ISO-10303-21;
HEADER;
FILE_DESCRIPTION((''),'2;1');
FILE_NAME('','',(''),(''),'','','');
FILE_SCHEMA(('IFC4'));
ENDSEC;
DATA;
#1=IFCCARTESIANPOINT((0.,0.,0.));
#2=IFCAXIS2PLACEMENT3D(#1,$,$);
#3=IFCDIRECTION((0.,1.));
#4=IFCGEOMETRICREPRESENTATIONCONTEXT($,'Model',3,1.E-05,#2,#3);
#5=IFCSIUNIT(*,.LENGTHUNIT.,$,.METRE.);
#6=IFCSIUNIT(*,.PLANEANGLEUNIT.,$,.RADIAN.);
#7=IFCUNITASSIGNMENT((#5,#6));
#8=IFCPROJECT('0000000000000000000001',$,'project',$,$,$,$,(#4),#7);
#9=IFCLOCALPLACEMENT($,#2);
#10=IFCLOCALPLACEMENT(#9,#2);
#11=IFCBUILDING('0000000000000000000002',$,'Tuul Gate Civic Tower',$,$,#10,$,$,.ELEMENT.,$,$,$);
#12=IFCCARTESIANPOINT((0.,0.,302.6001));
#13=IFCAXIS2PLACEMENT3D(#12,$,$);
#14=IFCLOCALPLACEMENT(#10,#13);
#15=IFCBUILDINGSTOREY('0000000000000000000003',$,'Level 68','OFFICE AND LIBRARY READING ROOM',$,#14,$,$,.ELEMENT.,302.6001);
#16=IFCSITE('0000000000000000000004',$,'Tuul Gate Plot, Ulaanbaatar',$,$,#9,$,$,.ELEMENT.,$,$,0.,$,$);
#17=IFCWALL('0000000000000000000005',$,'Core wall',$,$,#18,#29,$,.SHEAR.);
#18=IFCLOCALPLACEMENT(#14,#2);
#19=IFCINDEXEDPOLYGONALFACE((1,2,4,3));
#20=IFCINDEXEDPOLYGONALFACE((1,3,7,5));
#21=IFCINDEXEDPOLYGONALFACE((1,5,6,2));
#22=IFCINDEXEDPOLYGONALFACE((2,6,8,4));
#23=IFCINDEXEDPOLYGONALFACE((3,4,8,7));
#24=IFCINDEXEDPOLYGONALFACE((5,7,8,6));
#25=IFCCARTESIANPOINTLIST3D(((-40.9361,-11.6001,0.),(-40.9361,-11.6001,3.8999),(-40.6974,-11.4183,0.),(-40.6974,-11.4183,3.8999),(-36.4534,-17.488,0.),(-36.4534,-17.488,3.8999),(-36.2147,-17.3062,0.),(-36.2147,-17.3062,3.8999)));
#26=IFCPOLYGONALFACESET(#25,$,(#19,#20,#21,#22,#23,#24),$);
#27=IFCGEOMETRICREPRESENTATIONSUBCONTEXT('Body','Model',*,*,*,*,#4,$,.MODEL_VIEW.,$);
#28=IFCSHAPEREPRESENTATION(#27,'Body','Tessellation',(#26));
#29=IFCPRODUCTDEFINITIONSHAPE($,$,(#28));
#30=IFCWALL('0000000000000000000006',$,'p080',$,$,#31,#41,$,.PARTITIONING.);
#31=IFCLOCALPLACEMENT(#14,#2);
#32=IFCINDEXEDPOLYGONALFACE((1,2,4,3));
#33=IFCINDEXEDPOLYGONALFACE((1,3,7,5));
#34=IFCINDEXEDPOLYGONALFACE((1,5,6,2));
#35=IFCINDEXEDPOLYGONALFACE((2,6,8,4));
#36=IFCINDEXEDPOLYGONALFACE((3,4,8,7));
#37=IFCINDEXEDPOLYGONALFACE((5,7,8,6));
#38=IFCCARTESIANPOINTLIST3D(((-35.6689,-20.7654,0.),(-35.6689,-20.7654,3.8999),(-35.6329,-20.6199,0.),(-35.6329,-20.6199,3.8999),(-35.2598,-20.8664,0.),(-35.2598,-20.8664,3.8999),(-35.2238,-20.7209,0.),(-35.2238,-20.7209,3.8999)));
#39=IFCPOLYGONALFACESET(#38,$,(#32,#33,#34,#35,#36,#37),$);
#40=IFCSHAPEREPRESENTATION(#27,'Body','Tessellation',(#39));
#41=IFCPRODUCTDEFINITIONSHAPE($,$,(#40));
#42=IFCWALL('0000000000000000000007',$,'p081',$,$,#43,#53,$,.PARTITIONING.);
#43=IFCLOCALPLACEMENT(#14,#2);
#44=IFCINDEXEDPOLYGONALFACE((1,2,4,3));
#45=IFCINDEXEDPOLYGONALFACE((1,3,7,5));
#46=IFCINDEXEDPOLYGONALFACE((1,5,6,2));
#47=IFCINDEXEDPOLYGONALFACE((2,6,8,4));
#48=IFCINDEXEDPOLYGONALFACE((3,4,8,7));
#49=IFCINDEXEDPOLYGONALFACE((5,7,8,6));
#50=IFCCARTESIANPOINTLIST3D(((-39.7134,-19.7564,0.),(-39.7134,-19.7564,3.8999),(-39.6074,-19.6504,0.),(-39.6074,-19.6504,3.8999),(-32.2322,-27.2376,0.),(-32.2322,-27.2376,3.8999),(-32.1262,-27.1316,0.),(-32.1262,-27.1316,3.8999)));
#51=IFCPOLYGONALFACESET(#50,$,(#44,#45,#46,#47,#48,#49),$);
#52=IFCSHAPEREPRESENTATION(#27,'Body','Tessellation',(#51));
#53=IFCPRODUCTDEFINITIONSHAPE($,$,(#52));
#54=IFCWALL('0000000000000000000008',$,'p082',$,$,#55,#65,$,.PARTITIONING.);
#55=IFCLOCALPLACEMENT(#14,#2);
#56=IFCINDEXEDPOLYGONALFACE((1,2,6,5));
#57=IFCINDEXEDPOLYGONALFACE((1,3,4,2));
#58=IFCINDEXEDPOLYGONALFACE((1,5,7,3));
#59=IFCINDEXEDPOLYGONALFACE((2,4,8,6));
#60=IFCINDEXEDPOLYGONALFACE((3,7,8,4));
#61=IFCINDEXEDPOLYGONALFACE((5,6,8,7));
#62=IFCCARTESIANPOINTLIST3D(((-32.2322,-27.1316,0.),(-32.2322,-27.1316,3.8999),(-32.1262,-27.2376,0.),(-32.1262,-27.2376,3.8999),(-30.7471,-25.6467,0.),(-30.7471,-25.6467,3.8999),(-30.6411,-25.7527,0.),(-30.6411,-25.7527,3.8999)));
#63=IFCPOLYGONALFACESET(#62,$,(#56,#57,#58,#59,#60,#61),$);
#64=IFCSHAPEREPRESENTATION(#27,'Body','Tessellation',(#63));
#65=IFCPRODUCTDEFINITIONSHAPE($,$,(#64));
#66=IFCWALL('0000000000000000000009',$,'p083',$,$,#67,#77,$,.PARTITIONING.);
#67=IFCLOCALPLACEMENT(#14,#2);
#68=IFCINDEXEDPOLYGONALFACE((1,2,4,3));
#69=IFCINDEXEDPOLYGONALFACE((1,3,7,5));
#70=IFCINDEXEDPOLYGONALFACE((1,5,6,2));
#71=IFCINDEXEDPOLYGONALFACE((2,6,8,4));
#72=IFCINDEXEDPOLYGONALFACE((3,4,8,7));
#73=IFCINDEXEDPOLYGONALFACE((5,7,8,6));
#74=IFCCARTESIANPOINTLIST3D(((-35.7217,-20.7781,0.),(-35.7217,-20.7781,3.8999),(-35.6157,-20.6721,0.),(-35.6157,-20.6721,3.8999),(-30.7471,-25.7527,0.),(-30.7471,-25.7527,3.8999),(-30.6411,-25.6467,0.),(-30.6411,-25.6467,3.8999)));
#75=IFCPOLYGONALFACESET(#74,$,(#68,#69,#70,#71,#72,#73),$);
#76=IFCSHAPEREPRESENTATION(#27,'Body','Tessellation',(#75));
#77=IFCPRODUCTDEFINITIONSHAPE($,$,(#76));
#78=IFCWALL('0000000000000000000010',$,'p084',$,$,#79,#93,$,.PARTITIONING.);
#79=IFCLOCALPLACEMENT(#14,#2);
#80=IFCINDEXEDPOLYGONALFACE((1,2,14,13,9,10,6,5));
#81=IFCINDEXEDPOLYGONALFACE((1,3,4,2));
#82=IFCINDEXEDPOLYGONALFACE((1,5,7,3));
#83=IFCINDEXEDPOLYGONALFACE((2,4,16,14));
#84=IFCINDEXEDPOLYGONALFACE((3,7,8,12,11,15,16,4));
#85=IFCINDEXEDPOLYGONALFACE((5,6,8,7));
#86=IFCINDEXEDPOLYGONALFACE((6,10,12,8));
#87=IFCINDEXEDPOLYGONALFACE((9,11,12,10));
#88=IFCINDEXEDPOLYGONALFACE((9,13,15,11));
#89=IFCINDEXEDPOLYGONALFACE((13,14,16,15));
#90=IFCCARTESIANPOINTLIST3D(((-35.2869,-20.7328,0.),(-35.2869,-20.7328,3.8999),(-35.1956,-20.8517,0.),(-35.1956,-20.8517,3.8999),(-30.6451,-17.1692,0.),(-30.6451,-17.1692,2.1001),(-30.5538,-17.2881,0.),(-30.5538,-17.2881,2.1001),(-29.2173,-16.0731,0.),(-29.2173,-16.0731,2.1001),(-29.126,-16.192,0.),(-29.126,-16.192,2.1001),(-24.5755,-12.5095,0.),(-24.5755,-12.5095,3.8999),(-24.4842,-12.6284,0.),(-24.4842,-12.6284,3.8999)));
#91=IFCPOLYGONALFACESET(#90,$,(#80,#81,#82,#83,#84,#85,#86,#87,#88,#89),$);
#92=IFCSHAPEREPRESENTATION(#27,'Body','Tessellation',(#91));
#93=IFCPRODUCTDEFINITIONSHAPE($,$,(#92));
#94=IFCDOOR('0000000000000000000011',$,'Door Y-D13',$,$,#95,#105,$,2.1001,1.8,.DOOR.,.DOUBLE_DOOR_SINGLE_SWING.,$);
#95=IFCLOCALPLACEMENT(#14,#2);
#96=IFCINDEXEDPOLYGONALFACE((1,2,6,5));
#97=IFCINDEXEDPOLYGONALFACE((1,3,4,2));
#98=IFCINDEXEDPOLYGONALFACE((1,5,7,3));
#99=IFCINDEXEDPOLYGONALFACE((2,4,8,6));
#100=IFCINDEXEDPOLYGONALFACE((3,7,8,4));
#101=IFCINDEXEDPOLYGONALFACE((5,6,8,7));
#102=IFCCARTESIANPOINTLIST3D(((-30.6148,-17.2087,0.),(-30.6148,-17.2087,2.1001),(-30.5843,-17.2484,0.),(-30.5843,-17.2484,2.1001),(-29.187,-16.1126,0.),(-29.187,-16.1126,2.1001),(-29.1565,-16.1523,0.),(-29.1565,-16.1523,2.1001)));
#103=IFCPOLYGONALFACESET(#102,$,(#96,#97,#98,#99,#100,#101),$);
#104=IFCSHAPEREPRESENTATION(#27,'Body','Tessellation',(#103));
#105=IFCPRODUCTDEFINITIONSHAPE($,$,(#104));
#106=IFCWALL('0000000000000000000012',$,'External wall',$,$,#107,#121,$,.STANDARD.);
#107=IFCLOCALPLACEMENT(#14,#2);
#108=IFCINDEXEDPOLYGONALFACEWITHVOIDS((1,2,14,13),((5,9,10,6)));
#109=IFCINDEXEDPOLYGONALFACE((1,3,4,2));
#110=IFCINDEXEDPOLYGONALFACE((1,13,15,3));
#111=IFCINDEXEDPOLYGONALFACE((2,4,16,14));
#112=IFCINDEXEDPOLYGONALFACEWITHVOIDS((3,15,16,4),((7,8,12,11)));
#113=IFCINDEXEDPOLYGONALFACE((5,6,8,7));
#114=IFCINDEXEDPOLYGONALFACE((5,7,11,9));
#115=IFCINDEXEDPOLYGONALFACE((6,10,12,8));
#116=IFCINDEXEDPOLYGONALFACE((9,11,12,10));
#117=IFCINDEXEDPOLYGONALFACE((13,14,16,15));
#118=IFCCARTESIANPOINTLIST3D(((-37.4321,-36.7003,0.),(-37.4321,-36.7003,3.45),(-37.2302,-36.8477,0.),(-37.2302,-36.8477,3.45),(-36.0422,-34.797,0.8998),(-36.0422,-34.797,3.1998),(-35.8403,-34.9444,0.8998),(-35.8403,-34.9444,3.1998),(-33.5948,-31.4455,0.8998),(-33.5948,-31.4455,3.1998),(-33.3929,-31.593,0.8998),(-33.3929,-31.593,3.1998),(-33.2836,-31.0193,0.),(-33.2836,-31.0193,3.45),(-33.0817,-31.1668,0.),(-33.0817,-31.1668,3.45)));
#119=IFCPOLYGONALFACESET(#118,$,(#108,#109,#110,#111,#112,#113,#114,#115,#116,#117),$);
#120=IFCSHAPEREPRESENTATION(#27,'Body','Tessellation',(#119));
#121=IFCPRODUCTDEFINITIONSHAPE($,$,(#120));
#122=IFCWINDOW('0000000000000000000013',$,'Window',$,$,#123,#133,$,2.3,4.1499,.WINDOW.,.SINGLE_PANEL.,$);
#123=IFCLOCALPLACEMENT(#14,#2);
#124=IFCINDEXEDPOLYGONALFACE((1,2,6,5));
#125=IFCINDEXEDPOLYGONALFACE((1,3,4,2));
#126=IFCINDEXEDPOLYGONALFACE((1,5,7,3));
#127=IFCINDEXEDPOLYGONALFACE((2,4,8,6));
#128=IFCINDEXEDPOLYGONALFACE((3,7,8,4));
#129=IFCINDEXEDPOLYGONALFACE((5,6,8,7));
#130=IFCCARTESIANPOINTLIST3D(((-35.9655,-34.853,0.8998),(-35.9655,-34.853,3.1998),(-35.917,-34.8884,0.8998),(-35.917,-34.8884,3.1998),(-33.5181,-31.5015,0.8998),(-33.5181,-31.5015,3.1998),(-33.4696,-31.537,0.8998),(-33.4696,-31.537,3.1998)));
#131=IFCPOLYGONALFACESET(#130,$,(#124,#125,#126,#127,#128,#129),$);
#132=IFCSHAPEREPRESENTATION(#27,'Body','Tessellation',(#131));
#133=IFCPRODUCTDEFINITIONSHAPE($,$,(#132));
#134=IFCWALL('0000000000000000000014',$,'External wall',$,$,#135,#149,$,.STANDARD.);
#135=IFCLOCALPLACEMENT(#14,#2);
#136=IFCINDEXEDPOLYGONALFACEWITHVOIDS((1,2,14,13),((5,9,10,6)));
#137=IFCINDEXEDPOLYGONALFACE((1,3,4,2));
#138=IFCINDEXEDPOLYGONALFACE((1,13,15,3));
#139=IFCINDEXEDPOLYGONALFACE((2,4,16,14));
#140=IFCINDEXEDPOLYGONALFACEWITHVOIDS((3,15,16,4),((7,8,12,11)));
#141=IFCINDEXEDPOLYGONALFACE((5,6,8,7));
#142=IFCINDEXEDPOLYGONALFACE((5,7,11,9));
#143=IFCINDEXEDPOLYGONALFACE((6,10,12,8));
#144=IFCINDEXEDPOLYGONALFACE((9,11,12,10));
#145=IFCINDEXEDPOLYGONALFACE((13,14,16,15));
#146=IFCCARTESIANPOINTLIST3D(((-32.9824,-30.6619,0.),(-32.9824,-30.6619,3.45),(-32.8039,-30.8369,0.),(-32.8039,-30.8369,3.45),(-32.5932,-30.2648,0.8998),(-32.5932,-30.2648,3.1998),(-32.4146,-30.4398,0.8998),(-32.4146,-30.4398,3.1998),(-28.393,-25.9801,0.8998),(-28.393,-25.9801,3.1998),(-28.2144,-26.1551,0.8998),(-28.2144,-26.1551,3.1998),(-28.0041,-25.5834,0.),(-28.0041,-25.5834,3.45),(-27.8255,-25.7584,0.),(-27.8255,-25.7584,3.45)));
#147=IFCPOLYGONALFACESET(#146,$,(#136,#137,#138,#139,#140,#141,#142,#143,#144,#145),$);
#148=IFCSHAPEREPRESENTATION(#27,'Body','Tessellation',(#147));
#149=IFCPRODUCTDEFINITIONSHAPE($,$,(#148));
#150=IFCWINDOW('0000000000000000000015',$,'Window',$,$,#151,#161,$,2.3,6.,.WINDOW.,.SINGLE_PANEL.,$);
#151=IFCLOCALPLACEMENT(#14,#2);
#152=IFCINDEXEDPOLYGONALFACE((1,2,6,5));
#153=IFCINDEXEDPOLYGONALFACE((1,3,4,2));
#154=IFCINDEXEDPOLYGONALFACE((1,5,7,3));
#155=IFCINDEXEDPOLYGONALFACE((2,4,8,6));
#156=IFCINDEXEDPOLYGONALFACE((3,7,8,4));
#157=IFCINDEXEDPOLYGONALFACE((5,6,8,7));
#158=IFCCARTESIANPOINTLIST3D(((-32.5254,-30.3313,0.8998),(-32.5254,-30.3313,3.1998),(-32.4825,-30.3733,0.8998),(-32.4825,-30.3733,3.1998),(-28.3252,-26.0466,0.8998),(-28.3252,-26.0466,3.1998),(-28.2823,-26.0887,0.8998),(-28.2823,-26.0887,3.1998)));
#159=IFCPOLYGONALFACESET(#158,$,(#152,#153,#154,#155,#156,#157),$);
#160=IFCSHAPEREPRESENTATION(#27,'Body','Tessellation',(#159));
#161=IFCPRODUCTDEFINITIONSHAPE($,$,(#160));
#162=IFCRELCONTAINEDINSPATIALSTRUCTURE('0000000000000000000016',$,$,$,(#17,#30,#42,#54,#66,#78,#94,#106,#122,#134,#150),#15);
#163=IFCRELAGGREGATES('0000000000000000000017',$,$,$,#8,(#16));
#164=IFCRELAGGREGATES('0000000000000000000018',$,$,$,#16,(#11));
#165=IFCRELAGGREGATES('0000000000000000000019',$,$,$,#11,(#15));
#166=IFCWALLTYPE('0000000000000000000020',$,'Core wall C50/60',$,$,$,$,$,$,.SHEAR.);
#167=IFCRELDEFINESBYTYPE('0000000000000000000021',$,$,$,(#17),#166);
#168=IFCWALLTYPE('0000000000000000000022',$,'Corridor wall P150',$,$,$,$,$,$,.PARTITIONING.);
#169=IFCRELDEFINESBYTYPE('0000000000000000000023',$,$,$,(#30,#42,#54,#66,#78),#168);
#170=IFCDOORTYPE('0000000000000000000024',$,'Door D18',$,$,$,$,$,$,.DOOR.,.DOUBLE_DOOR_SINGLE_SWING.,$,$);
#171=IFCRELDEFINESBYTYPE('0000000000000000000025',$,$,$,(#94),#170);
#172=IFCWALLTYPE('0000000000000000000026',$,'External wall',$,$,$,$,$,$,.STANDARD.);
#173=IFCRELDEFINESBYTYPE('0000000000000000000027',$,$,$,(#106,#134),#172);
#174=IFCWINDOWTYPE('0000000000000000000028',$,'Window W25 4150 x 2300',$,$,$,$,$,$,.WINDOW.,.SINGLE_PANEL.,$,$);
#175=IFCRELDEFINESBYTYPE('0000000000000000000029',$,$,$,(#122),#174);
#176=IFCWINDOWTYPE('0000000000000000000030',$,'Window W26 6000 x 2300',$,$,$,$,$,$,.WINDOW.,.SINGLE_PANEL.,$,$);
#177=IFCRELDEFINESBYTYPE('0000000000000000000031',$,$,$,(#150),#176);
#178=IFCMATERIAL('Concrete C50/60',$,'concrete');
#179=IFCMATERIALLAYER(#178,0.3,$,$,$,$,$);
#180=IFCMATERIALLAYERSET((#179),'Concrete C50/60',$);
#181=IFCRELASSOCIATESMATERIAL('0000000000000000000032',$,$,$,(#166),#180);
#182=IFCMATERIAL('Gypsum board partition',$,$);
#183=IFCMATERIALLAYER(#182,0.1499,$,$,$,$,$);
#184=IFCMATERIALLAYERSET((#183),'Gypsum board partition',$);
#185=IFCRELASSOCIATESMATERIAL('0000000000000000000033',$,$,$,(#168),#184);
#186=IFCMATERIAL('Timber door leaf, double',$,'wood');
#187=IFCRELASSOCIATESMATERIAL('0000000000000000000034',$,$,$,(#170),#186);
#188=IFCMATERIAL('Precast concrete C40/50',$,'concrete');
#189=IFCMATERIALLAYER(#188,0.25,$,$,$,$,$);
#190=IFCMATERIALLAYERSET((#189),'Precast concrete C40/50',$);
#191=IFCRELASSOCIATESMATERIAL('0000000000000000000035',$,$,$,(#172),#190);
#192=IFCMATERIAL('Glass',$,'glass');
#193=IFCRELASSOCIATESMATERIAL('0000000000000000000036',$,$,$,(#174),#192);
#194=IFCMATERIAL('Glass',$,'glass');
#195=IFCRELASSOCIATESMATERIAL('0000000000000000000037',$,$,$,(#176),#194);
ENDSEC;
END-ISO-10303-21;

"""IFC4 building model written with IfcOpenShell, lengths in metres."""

from ifc_helpers import new_model, si_unit, direction, frame, frame_2d, origin, place, context, subcontext, project, spatial, rectangle, extrude, material, layer, layer_set, type_object, element, fill, save


model = new_model("IFC4")

# Units and contexts
model_context = context("Model", 3, precision=1e-05, world=origin(), true_north=direction((0.0, 1.0)))
body_context = subcontext(model_context, "Body", "Model", "MODEL_VIEW")
ifc_project = project(units=[si_unit("LENGTHUNIT", "METRE"), si_unit("PLANEANGLEUNIT", "RADIAN")], contexts=[model_context])

# Site, building, storey
site_placement = place(None, origin())
site = spatial("IfcSite", under=ifc_project, at=site_placement, Name="Tuul Gate Plot, Ulaanbaatar", CompositionType="ELEMENT", RefElevation=0.0)
building_placement = place(site_placement, origin())
building = spatial("IfcBuilding", under=site, at=building_placement, Name="Tuul Gate Civic Tower", CompositionType="ELEMENT")
storey_placement = place(building_placement, frame((0.0, 0.0, 302.6001)))
storey = spatial("IfcBuildingStorey", under=building, at=storey_placement, Name="Level 68", Description="OFFICE AND LIBRARY READING ROOM", CompositionType="ELEMENT", Elevation=302.6001)

# Walls
ifc_material_1 = material(Name="Concrete C50/60", Category="concrete")
ifc_layer_1 = layer(ifc_material_1, 0.3)
ifc_layer_set_1 = layer_set([ifc_layer_1], Name="Concrete C50/60")
wall_type_1 = type_object("IfcWallType", Name="Core wall C50/60", PredefinedType="SHEAR", material=ifc_layer_set_1)
wall_1_placement = place(storey_placement, frame((-36.334, -17.3972, 0.0), z_axis=(0.0, 0.0, 1.0), x_axis=(-0.605754, 0.795652, 0.0)))
element("IfcWall", 1, at=wall_1_placement, inside=storey, type_object=wall_type_1, Name="Core wall", PredefinedType="SHEAR", context=body_context, shape_type="SweptSolid", body=[
    extrude(rectangle(XDim=7.4001, YDim=0.3, at=frame_2d((3.7002, 0.0))), origin(), (0.0, 0.0, 1.0), 3.8999),
])
ifc_material_2 = material(Name="Gypsum board partition")
ifc_layer_2 = layer(ifc_material_2, 0.1499)
ifc_layer_set_2 = layer_set([ifc_layer_2], Name="Gypsum board partition")
wall_type_2 = type_object("IfcWallType", Name="Corridor wall P150", PredefinedType="PARTITIONING", material=ifc_layer_set_2)
wall_2_placement = place(storey_placement, frame((-35.6509, -20.6926, 0.0), z_axis=(0.0, 0.0, 1.0), x_axis=(0.97082, -0.239809, 0.0)))
element("IfcWall", 2, at=wall_2_placement, inside=storey, type_object=wall_type_2, Name="p080", PredefinedType="PARTITIONING", context=body_context, shape_type="SweptSolid", body=[
    extrude(rectangle(XDim=0.4214, YDim=0.1499, at=frame_2d((0.2107, 0.0))), origin(), (0.0, 0.0, 1.0), 3.8999),
])
wall_3_placement = place(storey_placement, frame((-39.6604, -19.7034, 0.0), z_axis=(0.0, 0.0, 1.0), x_axis=(0.707107, -0.707107, 0.0)))
element("IfcWall", 3, at=wall_3_placement, inside=storey, type_object=wall_type_2, Name="p081", PredefinedType="PARTITIONING", context=body_context, shape_type="SweptSolid", body=[
    extrude(rectangle(XDim=10.5801, YDim=0.1499, at=frame_2d((5.29, 0.0))), origin(), (0.0, 0.0, 1.0), 3.8999),
])
wall_4_placement = place(storey_placement, frame((-32.1792, -27.1846, 0.0), z_axis=(0.0, 0.0, 1.0), x_axis=(0.707165, 0.707049, 0.0)))
element("IfcWall", 4, at=wall_4_placement, inside=storey, type_object=wall_type_2, Name="p082", PredefinedType="PARTITIONING", context=body_context, shape_type="SweptSolid", body=[
    extrude(rectangle(XDim=2.1001, YDim=0.1499, at=frame_2d((1.05, 0.0))), origin(), (0.0, 0.0, 1.0), 3.8999),
])
wall_5_placement = place(storey_placement, frame((-35.6687, -20.7251, 0.0), z_axis=(0.0, 0.0, 1.0), x_axis=(0.707107, -0.707107, 0.0)))
element("IfcWall", 5, at=wall_5_placement, inside=storey, type_object=wall_type_2, Name="p083", PredefinedType="PARTITIONING", context=body_context, shape_type="SweptSolid", body=[
    extrude(rectangle(XDim=7.0352, YDim=0.1499, at=frame_2d((3.5176, 0.0))), origin(), (0.0, 0.0, 1.0), 3.8999),
])

# Wall, opening, door
wall_6_placement = place(storey_placement, frame((-35.2412, -20.7922, 0.0), z_axis=(0.0, 0.0, 1.0), x_axis=(0.793202, 0.608958, 0.0)))
wall_6 = element("IfcWall", 6, at=wall_6_placement, inside=storey, type_object=wall_type_2, Name="p084", PredefinedType="PARTITIONING", context=body_context, shape_type="SweptSolid", body=[
    extrude(rectangle(XDim=13.5039, YDim=0.1499, at=frame_2d((6.752, 0.0))), origin(), (0.0, 0.0, 1.0), 3.8999),
])
opening_1_placement = place(wall_6_placement, frame((5.8521, 0.0, 0.0)))
opening_1 = element("IfcOpeningElement", 7, at=opening_1_placement, cuts=wall_6, PredefinedType="OPENING", context=body_context, shape_type="SweptSolid", body=[
    extrude(rectangle(XDim=1.8, YDim=2.1001, at=frame_2d((0.8999, 1.05))), frame((0.0, 0.085, 0.0), z_axis=(0.0, -1.0, 0.0), x_axis=(1.0, 0.0, 0.0)), (0.0, 0.0, 1.0), 0.1699),
])
ifc_material_3 = material(Name="Timber door leaf, double", Category="wood")
door_type = type_object("IfcDoorType", Name="Door D18", OperationType="DOUBLE_DOOR_SINGLE_SWING", PredefinedType="DOOR", material=ifc_material_3)
door_placement = place(opening_1_placement, frame((1.8, 0.0, 0.0), z_axis=(0.0, 0.0, 1.0), x_axis=(-1.0, 0.0, 0.0)))
door = element("IfcDoor", 8, at=door_placement, inside=storey, type_object=door_type, Name="Door Y-D13", OperationType="DOUBLE_DOOR_SINGLE_SWING", OverallHeight=2.1001, OverallWidth=1.8, PredefinedType="DOOR", context=body_context, shape_type="SweptSolid", body=[
    extrude(rectangle(XDim=1.8, YDim=2.1001, at=frame_2d((0.9001, 1.05))), frame((0.0, 0.0249, 0.0), z_axis=(0.0, -1.0, 0.0), x_axis=(1.0, 0.0, 0.0)), (0.0, 0.0, 1.0), 0.05),
])
fill(opening_1, door)

# Walls, openings, windows
ifc_material_4 = material(Name="Precast concrete C40/50", Category="concrete")
ifc_layer_3 = layer(ifc_material_4, 0.25)
ifc_layer_set_3 = layer_set([ifc_layer_3], Name="Precast concrete C40/50")
wall_type_3 = type_object("IfcWallType", Name="External wall", PredefinedType="STANDARD", material=ifc_layer_set_3)
wall_7_placement = place(storey_placement, frame((-37.3311, -36.7739, 0.0), z_axis=(0.0, 0.0, 1.0), x_axis=(0.589739, 0.807594, 0.0)))
wall_7 = element("IfcWall", 9, at=wall_7_placement, inside=storey, type_object=wall_type_3, Name="External wall", PredefinedType="STANDARD", context=body_context, shape_type="SweptSolid", body=[
    extrude(rectangle(XDim=7.0344, YDim=0.25, at=frame_2d((3.5171, 0.0))), origin(), (0.0, 0.0, 1.0), 3.45),
])
opening_2_placement = place(wall_7_placement, frame((2.3567, 0.0, 0.8999)))
opening_2 = element("IfcOpeningElement", 10, at=opening_2_placement, cuts=wall_7, PredefinedType="OPENING", context=body_context, shape_type="SweptSolid", body=[
    extrude(rectangle(XDim=4.1499, YDim=2.3, at=frame_2d((2.075, 1.1499))), frame((0.0, 0.135, 0.0), z_axis=(0.0, -1.0, 0.0), x_axis=(1.0, 0.0, 0.0)), (0.0, 0.0, 1.0), 0.27),
])
ifc_material_5 = material(Name="Glass", Category="glass")
window_type_1 = type_object("IfcWindowType", Name="Window W25 4150 x 2300", PartitioningType="SINGLE_PANEL", PredefinedType="WINDOW", material=ifc_material_5)
window_1_placement = place(opening_2_placement, origin())
window_1 = element("IfcWindow", 11, at=window_1_placement, inside=storey, type_object=window_type_1, Name="Window", OverallHeight=2.3, OverallWidth=4.1499, PartitioningType="SINGLE_PANEL", PredefinedType="WINDOW", context=body_context, shape_type="SweptSolid", body=[
    extrude(rectangle(XDim=4.1499, YDim=2.3, at=frame_2d((2.075, 1.1499))), frame((0.0, 0.03, 0.0), z_axis=(0.0, -1.0, 0.0), x_axis=(1.0, 0.0, 0.0)), (0.0, 0.0, 1.0), 0.0601),
])
fill(opening_2, window_1)
wall_8_placement = place(storey_placement, frame((-32.8931, -30.7493, 0.0), z_axis=(0.0, 0.0, 1.0), x_axis=(0.700034, 0.71411, 0.0)))
wall_8 = element("IfcWall", 12, at=wall_8_placement, inside=storey, type_object=wall_type_3, Name="External wall", PredefinedType="STANDARD", context=body_context, shape_type="SweptSolid", body=[
    extrude(rectangle(XDim=7.1116, YDim=0.25, at=frame_2d((3.5557, 0.0))), origin(), (0.0, 0.0, 1.0), 3.45),
])
opening_3_placement = place(wall_8_placement, frame((0.5559, 0.0, 0.8999)))
opening_3 = element("IfcOpeningElement", 13, at=opening_3_placement, cuts=wall_8, PredefinedType="OPENING", context=body_context, shape_type="SweptSolid", body=[
    extrude(rectangle(XDim=6.0, YDim=2.3, at=frame_2d((3.0, 1.1499))), frame((0.0, 0.135, 0.0), z_axis=(0.0, -1.0, 0.0), x_axis=(1.0, 0.0, 0.0)), (0.0, 0.0, 1.0), 0.27),
])
ifc_material_6 = material(Name="Glass", Category="glass")
window_type_2 = type_object("IfcWindowType", Name="Window W26 6000 x 2300", PartitioningType="SINGLE_PANEL", PredefinedType="WINDOW", material=ifc_material_6)
window_2_placement = place(opening_3_placement, origin())
window_2 = element("IfcWindow", 14, at=window_2_placement, inside=storey, type_object=window_type_2, Name="Window", OverallHeight=2.3, OverallWidth=6.0, PartitioningType="SINGLE_PANEL", PredefinedType="WINDOW", context=body_context, shape_type="SweptSolid", body=[
    extrude(rectangle(XDim=6.0, YDim=2.3, at=frame_2d((3.0, 1.1499))), frame((0.0, 0.03, 0.0), z_axis=(0.0, -1.0, 0.0), x_axis=(1.0, 0.0, 0.0)), (0.0, 0.0, 1.0), 0.0601),
])
fill(opening_3, window_2)

save(model, "model.ifc")
